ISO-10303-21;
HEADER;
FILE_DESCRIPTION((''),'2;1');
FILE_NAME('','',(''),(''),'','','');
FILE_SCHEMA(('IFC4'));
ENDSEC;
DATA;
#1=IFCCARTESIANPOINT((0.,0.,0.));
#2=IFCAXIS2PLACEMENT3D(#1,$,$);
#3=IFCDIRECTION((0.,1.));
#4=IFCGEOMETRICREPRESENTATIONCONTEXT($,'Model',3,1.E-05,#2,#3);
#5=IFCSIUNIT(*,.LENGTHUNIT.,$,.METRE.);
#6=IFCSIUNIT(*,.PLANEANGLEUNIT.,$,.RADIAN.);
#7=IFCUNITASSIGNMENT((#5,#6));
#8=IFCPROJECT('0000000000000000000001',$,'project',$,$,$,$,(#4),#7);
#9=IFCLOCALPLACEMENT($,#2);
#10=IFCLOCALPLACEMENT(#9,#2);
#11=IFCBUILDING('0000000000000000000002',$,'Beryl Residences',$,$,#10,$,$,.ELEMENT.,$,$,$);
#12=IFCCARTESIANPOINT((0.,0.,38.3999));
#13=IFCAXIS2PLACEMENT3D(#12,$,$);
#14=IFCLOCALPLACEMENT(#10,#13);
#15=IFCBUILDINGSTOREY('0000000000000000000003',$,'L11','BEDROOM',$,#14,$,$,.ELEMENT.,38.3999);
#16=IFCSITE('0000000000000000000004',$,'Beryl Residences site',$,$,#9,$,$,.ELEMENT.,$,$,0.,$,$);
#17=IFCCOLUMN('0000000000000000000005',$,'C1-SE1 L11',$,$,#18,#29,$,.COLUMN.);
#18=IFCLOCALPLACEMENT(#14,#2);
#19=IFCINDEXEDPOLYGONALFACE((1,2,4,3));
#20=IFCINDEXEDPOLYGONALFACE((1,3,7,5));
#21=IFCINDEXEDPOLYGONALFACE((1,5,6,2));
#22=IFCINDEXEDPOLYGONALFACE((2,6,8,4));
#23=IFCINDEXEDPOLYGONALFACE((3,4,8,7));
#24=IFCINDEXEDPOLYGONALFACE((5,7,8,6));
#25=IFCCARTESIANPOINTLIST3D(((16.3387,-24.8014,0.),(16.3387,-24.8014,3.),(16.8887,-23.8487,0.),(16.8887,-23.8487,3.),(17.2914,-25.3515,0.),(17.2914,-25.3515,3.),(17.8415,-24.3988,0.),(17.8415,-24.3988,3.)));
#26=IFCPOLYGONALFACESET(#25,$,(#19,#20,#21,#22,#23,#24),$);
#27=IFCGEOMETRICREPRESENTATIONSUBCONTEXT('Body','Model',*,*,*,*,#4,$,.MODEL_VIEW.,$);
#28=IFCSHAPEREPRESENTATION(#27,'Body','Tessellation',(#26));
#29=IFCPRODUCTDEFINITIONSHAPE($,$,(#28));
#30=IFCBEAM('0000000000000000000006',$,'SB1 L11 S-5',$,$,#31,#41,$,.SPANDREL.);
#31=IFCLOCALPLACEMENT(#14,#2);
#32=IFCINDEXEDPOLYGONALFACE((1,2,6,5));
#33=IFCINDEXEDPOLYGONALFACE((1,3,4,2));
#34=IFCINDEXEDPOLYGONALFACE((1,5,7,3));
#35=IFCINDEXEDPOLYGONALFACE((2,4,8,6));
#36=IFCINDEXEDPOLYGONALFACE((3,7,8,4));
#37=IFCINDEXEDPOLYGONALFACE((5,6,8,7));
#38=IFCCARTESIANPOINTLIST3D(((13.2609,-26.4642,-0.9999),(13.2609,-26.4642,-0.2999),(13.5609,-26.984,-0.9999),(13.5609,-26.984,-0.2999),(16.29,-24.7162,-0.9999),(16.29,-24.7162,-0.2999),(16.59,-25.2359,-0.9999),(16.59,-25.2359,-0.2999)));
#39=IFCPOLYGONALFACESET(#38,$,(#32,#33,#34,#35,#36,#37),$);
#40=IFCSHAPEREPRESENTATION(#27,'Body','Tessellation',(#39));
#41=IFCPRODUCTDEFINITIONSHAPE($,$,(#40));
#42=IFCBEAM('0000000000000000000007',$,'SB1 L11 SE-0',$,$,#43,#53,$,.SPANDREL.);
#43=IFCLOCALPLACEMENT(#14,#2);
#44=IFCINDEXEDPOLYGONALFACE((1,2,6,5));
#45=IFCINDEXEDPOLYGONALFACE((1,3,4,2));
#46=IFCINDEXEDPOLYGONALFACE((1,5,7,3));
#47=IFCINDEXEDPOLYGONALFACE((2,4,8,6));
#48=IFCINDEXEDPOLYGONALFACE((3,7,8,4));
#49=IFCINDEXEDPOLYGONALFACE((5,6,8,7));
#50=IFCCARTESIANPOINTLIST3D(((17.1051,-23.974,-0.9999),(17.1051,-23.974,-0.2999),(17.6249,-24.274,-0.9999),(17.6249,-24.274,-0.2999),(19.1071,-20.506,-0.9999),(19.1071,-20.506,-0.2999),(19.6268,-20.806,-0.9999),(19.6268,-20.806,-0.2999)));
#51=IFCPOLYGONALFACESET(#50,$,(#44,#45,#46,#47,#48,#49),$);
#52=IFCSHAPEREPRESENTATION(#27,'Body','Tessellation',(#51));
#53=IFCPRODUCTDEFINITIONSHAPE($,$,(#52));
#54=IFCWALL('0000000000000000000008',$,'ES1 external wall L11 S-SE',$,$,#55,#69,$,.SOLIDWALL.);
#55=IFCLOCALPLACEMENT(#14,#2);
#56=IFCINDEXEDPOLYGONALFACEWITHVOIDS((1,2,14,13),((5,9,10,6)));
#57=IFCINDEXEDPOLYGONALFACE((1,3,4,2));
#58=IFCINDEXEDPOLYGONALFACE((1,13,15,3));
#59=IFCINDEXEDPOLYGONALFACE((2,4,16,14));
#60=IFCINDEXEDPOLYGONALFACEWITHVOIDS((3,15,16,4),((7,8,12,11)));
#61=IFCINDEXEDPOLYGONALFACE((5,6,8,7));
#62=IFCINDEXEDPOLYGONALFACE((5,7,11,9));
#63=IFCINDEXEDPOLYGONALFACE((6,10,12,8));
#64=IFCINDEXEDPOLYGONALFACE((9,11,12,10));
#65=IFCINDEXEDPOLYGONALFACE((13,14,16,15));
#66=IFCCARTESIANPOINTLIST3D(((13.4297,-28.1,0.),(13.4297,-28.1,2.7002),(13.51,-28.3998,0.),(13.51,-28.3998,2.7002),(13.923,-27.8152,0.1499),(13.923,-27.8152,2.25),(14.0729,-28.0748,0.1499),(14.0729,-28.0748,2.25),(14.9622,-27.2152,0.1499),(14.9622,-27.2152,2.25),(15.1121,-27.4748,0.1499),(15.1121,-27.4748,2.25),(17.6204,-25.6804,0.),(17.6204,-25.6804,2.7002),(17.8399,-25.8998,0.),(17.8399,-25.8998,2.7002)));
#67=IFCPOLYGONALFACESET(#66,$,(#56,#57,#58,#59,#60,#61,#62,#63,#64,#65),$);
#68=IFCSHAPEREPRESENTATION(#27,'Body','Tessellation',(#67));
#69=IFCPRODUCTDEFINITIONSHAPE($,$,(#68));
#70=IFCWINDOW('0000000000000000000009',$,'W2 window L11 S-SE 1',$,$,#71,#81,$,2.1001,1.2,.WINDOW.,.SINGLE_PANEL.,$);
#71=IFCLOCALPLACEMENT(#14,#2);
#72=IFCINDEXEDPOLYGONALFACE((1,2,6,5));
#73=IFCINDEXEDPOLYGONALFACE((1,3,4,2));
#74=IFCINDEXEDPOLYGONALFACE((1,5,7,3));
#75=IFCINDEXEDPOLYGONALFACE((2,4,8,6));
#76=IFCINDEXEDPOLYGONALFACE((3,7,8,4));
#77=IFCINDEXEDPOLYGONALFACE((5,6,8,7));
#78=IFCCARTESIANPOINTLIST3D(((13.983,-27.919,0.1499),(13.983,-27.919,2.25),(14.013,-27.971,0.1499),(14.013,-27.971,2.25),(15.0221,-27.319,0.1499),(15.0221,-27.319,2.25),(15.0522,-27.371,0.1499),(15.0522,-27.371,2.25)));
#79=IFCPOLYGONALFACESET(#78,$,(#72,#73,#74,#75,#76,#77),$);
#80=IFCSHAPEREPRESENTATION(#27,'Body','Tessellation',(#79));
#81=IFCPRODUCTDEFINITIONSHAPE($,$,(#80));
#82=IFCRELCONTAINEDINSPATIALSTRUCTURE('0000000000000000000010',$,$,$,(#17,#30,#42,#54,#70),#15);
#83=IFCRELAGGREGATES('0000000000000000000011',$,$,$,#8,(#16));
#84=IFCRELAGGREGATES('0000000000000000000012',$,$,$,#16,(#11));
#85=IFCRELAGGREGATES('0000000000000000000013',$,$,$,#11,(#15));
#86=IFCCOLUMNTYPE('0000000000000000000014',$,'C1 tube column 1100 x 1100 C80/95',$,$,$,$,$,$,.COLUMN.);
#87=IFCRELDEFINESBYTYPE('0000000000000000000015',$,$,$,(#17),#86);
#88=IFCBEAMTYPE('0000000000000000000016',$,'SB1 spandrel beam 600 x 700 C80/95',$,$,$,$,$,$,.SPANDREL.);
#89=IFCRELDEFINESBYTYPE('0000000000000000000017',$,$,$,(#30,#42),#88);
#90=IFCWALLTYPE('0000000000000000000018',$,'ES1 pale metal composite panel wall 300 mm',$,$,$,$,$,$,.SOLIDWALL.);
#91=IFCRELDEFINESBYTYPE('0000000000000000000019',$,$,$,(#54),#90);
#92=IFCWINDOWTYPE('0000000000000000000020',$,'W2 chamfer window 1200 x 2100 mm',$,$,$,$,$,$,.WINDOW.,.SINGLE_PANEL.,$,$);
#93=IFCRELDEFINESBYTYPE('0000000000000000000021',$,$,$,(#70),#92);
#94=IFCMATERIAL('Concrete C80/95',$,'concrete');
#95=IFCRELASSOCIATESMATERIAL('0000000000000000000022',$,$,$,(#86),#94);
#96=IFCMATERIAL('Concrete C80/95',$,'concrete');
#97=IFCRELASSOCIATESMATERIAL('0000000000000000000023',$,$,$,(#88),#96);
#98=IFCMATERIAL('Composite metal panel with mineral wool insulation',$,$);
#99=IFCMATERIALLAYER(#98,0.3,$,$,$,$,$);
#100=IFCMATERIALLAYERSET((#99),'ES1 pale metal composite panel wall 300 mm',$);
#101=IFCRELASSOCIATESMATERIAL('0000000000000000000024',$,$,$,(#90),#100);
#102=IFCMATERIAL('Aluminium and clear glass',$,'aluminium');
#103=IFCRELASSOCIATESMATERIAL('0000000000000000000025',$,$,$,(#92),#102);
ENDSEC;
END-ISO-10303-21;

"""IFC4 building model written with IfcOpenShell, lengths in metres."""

from ifc_helpers import new_model, si_unit, direction, frame, frame_2d, origin, origin_2d, place, context, subcontext, project, spatial, polyline, rectangle, outline, extrude, material, layer, layer_set, material_profile, profile_set, type_object, element, fill, save


model = new_model("IFC4")

# Units and contexts
model_context = context("Model", 3, precision=1e-05, world=origin(), true_north=direction((0.0, 1.0)))
body_context = subcontext(model_context, "Body", "Model", "MODEL_VIEW")
ifc_project = project(units=[si_unit("LENGTHUNIT", "METRE"), si_unit("PLANEANGLEUNIT", "RADIAN")], contexts=[model_context])

# Site, building, storey
site_placement = place(None, origin())
site = spatial("IfcSite", under=ifc_project, at=site_placement, Name="Beryl Residences site", CompositionType="ELEMENT", RefElevation=0.0)
building_placement = place(site_placement, origin())
building = spatial("IfcBuilding", under=site, at=building_placement, Name="Beryl Residences", CompositionType="ELEMENT")
storey_placement = place(building_placement, frame((0.0, 0.0, 38.3999)))
storey = spatial("IfcBuildingStorey", under=building, at=storey_placement, Name="L11", Description="BEDROOM", CompositionType="ELEMENT", Elevation=38.3999)

# Column
ifc_material_1 = material(Name="Concrete C80/95", Category="concrete")
ifc_material_profile_1 = material_profile(ifc_material_1, rectangle(XDim=1.1001, YDim=1.1001, at=origin_2d()))
ifc_profile_set_1 = profile_set([ifc_material_profile_1], Name="Concrete C80/95")
column_type = type_object("IfcColumnType", Name="C1 tube column 1100 x 1100 C80/95", PredefinedType="COLUMN", material=ifc_profile_set_1)
column_placement = place(storey_placement, frame((17.0901, -24.6001, 0.0), z_axis=(0.0, 0.0, 1.0), x_axis=(0.499985, 0.866034, 0.0)))
element("IfcColumn", 1, at=column_placement, inside=storey, type_object=column_type, Name="C1-SE1 L11", PredefinedType="COLUMN", context=body_context, shape_type="SweptSolid", body=[
    extrude(rectangle(XDim=1.1001, YDim=1.1001, at=origin_2d()), origin(), (0.0, 0.0, 1.0), 3.0),
])

# Beams
ifc_material_2 = material(Name="Concrete C80/95", Category="concrete")
ifc_material_profile_2 = material_profile(ifc_material_2, rectangle(XDim=0.6001, YDim=0.7, at=origin_2d()))
ifc_profile_set_2 = profile_set([ifc_material_profile_2], Name="Concrete C80/95")
beam_type = type_object("IfcBeamType", Name="SB1 spandrel beam 600 x 700 C80/95", PredefinedType="SPANDREL", material=ifc_profile_set_2)
beam_1_placement = place(storey_placement, frame((13.4109, -26.7241, -0.6499), z_axis=(0.866122, 0.499833, 0.0), x_axis=(-0.499833, 0.866122, 0.0)))
element("IfcBeam", 2, at=beam_1_placement, inside=storey, type_object=beam_type, Name="SB1 L11 S-5", PredefinedType="SPANDREL", context=body_context, shape_type="SweptSolid", body=[
    extrude(rectangle(XDim=0.6001, YDim=0.7, at=origin_2d()), origin(), (0.0, 0.0, 1.0), 3.4973),
])
beam_2_placement = place(storey_placement, frame((17.365, -24.124, -0.6499), z_axis=(0.499942, 0.866059, 0.0), x_axis=(-0.866059, 0.499942, 0.0)))
element("IfcBeam", 3, at=beam_2_placement, inside=storey, type_object=beam_type, Name="SB1 L11 SE-0", PredefinedType="SPANDREL", context=body_context, shape_type="SweptSolid", body=[
    extrude(rectangle(XDim=0.6001, YDim=0.7, at=origin_2d()), origin(), (0.0, 0.0, 1.0), 4.0044),
])

# Wall, opening, window
ifc_material_3 = material(Name="Composite metal panel with mineral wool insulation")
ifc_layer_1 = layer(ifc_material_3, 0.3)
ifc_layer_set_1 = layer_set([ifc_layer_1], Name="ES1 pale metal composite panel wall 300 mm")
wall_type_1 = type_object("IfcWallType", Name="ES1 pale metal composite panel wall 300 mm", PredefinedType="SOLIDWALL", material=ifc_layer_set_1)
wall_1_placement = place(storey_placement, frame((13.4351, -28.27, 0.0), z_axis=(0.0, 0.0, 1.0), x_axis=(0.866011, 0.500025, 0.0)))
wall_1 = element("IfcWall", 4, at=wall_1_placement, inside=storey, type_object=wall_type_1, Name="ES1 external wall L11 S-SE", PredefinedType="SOLIDWALL", context=body_context, shape_type="SweptSolid", body=[
    extrude(outline(polyline([(0.0, -0.1499), (4.9998, -0.1499), (4.9194, 0.1499), (0.0803, 0.1499), (0.0, -0.1499)])), origin(), (0.0, 0.0, 1.0), 2.7002),
])
opening_1_placement = place(wall_1_placement, frame((0.6499, 0.0, 0.1499)))
opening_1 = element("IfcOpeningElement", 5, at=opening_1_placement, cuts=wall_1, PredefinedType="OPENING", context=body_context, shape_type="SweptSolid", body=[
    extrude(rectangle(XDim=1.2, YDim=2.1001, at=frame_2d((0.6001, 1.05))), frame((0.0, 0.1599, 0.0), z_axis=(0.0, -1.0, 0.0), x_axis=(1.0, 0.0, 0.0)), (0.0, 0.0, 1.0), 0.3201),
])
ifc_material_4 = material(Name="Aluminium and clear glass", Category="aluminium")
window_type_1 = type_object("IfcWindowType", Name="W2 chamfer window 1200 x 2100 mm", PartitioningType="SINGLE_PANEL", PredefinedType="WINDOW", material=ifc_material_4)
window_1_placement = place(opening_1_placement, origin())
window_1 = element("IfcWindow", 6, at=window_1_placement, inside=storey, type_object=window_type_1, Name="W2 window L11 S-SE 1", OverallHeight=2.1001, OverallWidth=1.2, PartitioningType="SINGLE_PANEL", PredefinedType="WINDOW", context=body_context, shape_type="SweptSolid", body=[
    extrude(rectangle(XDim=1.2, YDim=2.1001, at=frame_2d((0.6001, 1.05))), frame((0.0, 0.03, 0.0), z_axis=(0.0, -1.0, 0.0), x_axis=(1.0, 0.0, 0.0)), (0.0, 0.0, 1.0), 0.0601),
])
fill(opening_1, window_1)

save(model, "model.ifc")
